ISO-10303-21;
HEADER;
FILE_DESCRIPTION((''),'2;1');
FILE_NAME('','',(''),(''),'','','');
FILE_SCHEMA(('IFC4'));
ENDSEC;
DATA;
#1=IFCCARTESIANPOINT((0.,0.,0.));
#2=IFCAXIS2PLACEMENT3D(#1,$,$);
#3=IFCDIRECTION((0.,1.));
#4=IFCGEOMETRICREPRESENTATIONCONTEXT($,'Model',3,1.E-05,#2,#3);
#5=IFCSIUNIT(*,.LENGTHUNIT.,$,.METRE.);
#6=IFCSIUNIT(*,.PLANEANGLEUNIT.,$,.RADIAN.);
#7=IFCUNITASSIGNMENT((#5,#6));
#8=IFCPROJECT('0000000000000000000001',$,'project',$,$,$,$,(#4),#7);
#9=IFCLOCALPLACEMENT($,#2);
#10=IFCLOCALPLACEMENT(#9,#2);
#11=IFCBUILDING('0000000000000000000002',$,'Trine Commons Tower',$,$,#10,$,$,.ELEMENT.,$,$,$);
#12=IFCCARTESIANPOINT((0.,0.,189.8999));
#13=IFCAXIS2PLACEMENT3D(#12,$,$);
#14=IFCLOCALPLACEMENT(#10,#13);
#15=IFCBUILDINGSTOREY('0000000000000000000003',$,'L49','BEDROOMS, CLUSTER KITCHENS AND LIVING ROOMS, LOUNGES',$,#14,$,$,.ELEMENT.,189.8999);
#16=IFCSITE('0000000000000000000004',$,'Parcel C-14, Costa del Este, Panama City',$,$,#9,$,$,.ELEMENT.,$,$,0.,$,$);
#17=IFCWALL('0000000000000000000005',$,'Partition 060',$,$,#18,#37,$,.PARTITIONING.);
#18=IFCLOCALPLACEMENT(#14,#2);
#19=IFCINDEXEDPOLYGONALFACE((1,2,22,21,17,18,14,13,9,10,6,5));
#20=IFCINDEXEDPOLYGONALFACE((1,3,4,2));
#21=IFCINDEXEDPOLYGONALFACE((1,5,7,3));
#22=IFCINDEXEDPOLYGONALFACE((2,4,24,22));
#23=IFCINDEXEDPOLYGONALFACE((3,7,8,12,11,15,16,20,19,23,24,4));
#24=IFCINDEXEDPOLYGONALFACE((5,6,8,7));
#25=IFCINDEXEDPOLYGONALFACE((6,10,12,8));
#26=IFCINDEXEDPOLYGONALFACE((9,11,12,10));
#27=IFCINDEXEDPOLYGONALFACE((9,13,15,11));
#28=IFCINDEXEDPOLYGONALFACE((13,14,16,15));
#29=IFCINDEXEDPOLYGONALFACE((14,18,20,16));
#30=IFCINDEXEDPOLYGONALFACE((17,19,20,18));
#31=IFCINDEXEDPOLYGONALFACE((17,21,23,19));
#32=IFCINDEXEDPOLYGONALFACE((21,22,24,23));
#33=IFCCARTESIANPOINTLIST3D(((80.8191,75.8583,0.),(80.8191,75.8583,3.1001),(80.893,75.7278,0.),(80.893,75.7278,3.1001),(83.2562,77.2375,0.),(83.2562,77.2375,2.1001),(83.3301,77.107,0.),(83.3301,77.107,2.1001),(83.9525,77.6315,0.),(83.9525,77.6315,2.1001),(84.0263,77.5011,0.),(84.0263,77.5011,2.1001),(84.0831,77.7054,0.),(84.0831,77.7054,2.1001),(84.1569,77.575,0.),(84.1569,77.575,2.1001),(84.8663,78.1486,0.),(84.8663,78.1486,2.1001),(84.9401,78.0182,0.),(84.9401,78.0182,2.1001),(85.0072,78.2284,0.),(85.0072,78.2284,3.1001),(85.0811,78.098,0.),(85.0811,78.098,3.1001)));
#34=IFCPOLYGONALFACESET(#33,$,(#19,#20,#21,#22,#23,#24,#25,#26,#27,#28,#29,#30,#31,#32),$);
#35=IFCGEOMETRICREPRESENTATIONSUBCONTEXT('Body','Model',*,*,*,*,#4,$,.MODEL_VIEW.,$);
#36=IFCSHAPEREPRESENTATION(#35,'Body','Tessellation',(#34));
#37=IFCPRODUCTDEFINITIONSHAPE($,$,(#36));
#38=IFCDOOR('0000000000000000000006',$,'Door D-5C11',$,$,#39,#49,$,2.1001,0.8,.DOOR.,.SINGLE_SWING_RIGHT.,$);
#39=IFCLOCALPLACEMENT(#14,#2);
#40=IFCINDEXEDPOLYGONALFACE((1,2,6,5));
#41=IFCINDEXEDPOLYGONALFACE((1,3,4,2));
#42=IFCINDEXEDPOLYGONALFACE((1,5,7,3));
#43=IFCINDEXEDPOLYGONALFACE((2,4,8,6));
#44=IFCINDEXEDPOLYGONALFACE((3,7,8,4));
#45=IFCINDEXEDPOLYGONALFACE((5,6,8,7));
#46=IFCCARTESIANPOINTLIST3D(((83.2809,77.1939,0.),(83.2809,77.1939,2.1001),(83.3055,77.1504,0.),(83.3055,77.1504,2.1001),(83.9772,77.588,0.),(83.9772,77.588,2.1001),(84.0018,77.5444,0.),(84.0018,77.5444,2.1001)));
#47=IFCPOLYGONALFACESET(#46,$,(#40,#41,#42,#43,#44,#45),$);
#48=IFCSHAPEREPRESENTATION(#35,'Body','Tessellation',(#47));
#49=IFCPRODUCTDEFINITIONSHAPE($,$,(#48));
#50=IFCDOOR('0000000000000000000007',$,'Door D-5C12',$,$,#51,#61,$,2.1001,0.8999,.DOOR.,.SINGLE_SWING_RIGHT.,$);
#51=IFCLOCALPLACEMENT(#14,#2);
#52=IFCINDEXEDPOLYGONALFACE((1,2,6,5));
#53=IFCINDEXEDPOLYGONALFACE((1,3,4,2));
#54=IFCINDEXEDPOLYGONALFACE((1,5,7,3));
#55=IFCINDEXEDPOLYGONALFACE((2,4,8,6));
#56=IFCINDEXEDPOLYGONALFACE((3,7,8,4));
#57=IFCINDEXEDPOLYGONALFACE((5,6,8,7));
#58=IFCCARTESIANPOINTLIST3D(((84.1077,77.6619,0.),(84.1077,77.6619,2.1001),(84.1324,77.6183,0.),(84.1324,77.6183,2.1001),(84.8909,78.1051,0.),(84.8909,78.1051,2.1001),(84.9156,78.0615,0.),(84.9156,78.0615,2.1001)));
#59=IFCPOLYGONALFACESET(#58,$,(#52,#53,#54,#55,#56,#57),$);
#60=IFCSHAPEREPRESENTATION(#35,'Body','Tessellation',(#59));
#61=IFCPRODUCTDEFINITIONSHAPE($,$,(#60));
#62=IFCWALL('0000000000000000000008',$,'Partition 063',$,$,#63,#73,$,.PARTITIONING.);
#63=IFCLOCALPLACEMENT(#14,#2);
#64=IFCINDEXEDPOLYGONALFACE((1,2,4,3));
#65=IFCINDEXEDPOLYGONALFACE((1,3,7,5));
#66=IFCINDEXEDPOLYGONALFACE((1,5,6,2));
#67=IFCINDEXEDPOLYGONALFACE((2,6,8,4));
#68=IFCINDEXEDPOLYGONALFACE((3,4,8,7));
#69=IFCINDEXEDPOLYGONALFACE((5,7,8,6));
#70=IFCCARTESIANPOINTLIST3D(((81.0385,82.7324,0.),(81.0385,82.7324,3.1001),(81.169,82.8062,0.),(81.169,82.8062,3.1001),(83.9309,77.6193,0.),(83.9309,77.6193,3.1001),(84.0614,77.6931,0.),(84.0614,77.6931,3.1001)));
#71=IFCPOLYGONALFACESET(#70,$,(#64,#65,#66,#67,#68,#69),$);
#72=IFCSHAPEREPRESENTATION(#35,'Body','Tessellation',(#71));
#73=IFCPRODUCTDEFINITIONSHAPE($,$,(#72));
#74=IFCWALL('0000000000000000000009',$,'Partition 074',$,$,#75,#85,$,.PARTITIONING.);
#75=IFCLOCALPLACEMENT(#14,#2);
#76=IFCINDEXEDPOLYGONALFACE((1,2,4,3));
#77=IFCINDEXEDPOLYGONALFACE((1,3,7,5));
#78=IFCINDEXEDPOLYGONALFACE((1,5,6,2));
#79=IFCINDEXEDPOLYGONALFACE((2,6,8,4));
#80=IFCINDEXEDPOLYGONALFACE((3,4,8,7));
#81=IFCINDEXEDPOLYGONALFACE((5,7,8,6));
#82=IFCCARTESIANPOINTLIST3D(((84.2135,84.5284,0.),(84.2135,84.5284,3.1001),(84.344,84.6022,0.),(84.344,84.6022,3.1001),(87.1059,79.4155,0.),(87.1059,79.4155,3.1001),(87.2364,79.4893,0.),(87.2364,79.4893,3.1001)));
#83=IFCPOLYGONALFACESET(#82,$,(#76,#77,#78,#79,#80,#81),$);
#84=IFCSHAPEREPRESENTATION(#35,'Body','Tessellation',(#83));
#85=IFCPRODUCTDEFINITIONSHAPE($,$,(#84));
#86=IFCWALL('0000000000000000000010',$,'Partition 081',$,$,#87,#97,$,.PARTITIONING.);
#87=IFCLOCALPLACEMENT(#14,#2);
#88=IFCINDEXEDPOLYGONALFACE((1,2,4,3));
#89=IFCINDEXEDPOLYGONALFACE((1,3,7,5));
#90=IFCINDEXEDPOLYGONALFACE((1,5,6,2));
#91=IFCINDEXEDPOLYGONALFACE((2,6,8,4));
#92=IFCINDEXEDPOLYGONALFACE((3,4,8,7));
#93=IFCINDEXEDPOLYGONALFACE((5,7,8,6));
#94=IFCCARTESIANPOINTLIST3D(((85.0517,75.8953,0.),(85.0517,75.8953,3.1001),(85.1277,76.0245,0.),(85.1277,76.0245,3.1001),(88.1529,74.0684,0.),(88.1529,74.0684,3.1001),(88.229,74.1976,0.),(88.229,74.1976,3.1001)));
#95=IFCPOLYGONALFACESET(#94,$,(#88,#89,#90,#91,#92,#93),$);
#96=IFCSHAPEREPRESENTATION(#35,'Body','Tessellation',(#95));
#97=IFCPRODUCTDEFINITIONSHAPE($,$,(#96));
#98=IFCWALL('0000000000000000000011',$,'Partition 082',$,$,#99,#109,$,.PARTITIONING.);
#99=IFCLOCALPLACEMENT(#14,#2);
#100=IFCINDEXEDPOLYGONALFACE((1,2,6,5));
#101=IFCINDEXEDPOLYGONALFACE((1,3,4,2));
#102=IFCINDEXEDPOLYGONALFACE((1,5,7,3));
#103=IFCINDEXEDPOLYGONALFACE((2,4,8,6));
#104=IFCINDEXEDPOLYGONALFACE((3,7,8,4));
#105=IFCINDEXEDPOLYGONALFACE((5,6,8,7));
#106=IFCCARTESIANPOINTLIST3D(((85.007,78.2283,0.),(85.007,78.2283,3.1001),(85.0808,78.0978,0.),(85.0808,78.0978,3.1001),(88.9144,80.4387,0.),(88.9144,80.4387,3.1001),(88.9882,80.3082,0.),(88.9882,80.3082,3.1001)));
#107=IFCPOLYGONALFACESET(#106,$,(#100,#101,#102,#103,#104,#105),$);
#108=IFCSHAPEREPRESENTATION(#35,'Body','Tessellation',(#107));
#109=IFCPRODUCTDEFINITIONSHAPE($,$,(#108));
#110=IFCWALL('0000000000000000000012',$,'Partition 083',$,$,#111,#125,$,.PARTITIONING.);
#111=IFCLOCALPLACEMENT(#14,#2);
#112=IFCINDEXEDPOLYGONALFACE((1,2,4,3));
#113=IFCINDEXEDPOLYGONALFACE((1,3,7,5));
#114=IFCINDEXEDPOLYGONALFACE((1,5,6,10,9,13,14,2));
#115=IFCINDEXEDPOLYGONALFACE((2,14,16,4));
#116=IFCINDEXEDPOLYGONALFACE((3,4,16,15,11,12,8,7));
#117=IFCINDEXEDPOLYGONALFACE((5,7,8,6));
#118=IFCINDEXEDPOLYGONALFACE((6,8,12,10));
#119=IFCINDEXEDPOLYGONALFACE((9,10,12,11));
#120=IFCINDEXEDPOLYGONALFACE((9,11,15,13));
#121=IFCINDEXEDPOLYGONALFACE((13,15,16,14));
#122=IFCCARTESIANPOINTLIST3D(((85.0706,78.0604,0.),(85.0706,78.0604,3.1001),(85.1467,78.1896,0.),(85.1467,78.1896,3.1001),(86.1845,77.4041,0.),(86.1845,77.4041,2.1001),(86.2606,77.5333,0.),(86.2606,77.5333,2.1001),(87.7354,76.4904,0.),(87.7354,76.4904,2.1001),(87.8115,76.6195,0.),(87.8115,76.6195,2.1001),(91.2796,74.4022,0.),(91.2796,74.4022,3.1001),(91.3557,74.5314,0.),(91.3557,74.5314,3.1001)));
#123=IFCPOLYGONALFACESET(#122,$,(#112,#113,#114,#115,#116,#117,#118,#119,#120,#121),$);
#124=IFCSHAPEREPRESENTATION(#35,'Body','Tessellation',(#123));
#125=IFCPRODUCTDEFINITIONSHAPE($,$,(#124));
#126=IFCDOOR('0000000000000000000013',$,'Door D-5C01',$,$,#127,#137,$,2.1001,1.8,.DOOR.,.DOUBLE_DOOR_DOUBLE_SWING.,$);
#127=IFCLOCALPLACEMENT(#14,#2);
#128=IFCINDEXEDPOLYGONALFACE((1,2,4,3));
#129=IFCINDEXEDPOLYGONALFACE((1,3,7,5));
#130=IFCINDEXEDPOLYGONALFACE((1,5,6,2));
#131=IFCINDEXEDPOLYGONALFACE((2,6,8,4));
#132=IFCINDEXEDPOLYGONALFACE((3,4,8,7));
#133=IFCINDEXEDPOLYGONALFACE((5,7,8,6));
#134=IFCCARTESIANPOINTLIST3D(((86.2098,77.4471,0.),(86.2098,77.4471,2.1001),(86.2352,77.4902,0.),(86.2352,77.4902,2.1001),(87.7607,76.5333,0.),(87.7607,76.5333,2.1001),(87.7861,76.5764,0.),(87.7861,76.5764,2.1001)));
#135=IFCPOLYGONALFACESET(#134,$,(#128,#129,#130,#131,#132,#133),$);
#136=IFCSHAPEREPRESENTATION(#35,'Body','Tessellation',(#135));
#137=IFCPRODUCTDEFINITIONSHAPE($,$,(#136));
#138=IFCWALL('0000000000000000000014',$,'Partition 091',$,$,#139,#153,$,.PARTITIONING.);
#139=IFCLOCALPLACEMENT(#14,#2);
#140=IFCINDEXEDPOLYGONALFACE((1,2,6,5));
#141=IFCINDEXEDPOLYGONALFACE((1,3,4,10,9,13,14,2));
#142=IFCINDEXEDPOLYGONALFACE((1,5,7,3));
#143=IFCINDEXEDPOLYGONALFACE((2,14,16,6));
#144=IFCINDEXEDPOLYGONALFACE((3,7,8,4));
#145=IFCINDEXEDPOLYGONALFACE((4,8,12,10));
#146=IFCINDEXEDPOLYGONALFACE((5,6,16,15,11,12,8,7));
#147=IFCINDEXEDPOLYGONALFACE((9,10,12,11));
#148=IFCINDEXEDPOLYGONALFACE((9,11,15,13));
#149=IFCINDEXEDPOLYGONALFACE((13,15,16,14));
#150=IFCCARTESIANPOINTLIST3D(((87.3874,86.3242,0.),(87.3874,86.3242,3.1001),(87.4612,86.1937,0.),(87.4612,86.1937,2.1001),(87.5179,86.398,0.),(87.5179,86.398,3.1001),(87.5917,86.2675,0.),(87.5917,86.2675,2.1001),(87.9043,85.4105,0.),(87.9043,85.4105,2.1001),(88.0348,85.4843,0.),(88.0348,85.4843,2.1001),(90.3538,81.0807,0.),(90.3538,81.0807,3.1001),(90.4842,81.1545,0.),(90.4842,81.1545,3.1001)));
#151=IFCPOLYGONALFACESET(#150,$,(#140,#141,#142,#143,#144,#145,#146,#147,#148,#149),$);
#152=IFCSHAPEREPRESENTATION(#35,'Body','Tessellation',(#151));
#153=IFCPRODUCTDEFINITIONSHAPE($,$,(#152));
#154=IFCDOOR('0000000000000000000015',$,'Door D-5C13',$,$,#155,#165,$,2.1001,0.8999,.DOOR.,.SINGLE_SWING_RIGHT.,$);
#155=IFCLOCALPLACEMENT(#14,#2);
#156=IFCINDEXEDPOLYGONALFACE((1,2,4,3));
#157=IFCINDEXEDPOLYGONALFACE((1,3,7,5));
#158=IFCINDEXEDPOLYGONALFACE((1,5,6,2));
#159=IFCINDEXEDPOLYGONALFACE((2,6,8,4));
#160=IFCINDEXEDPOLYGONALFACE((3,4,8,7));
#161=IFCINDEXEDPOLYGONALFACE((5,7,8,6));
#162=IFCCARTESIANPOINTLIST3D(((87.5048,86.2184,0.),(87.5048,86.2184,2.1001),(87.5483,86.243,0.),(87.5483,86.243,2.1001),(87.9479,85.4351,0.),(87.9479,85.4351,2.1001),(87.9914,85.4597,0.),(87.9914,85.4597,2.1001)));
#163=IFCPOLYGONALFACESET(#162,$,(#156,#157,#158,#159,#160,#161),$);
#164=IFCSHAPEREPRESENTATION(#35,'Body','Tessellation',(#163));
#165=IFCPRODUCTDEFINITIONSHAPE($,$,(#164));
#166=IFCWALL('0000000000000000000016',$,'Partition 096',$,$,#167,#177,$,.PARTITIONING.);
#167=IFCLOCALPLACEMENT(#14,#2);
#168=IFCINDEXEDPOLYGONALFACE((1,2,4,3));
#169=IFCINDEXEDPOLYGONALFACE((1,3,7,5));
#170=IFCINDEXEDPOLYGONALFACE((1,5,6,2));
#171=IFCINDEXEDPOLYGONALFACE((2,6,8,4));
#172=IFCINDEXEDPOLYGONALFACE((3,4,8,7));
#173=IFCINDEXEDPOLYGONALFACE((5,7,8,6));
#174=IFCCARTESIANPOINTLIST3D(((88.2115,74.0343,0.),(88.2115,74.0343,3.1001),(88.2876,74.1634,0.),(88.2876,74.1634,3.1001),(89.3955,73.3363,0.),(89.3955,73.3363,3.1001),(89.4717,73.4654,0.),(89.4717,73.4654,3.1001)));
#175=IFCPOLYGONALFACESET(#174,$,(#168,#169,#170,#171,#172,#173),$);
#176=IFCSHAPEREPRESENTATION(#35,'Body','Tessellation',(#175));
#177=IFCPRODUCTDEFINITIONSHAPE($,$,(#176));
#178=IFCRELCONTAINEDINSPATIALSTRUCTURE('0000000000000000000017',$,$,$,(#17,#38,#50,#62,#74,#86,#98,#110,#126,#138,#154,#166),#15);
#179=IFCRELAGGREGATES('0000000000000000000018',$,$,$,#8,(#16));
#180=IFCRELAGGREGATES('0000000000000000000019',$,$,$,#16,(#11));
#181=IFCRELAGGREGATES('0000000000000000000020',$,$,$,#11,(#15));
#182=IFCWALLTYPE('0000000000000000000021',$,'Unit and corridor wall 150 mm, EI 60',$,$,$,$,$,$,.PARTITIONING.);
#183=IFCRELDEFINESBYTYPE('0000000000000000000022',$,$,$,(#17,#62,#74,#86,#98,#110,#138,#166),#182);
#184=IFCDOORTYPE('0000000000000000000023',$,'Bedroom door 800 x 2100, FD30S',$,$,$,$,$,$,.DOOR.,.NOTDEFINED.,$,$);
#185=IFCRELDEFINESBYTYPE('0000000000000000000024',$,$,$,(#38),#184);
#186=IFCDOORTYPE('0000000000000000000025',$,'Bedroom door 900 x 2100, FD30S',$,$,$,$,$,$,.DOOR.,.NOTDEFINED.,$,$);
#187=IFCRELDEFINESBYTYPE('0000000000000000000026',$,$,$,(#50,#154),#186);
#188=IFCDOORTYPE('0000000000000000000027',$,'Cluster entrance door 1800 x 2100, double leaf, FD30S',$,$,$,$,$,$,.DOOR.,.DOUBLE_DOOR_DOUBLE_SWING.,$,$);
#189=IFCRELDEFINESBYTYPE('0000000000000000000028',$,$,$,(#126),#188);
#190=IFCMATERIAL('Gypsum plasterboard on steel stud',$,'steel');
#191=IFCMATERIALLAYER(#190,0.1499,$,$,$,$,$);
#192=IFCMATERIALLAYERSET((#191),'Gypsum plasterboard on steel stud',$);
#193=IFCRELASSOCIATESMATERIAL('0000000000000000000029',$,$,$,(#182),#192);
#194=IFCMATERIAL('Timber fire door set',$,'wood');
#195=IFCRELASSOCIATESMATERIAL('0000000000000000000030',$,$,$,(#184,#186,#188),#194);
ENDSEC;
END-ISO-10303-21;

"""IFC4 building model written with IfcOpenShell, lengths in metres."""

from ifc_helpers import new_model, si_unit, direction, frame, frame_2d, origin, place, context, subcontext, project, spatial, rectangle, extrude, material, layer, layer_set, type_object, element, fill, save


model = new_model("IFC4")

# Units and contexts
model_context = context("Model", 3, precision=1e-05, world=origin(), true_north=direction((0.0, 1.0)))
body_context = subcontext(model_context, "Body", "Model", "MODEL_VIEW")
ifc_project = project(units=[si_unit("LENGTHUNIT", "METRE"), si_unit("PLANEANGLEUNIT", "RADIAN")], contexts=[model_context])

# Site, building, storey
site_placement = place(None, origin())
site = spatial("IfcSite", under=ifc_project, at=site_placement, Name="Parcel C-14, Costa del Este, Panama City", CompositionType="ELEMENT", RefElevation=0.0)
building_placement = place(site_placement, origin())
building = spatial("IfcBuilding", under=site, at=building_placement, Name="Trine Commons Tower", CompositionType="ELEMENT")
storey_placement = place(building_placement, frame((0.0, 0.0, 189.8999)))
storey = spatial("IfcBuildingStorey", under=building, at=storey_placement, Name="L49", Description="BEDROOMS, CLUSTER KITCHENS AND LIVING ROOMS, LOUNGES", CompositionType="ELEMENT", Elevation=189.8999)

# Wall, openings, doors
ifc_material_1 = material(Name="Gypsum plasterboard on steel stud", Category="steel")
ifc_layer_1 = layer(ifc_material_1, 0.1499)
ifc_layer_set_1 = layer_set([ifc_layer_1], Name="Gypsum plasterboard on steel stud")
wall_type_1 = type_object("IfcWallType", Name="Unit and corridor wall 150 mm, EI 60", PredefinedType="PARTITIONING", material=ifc_layer_set_1)
wall_1_placement = place(storey_placement, frame((80.856, 75.793, 0.0), z_axis=(0.0, 0.0, 1.0), x_axis=(0.870296, 0.492529, 0.0)))
wall_1 = element("IfcWall", 1, at=wall_1_placement, inside=storey, type_object=wall_type_1, Name="Partition 060", PredefinedType="PARTITIONING", context=body_context, shape_type="SweptSolid", body=[
    extrude(rectangle(XDim=4.8123, YDim=0.1499, at=frame_2d((2.4062, 0.0))), origin(), (0.0, 0.0, 1.0), 3.1001),
])
opening_1_placement = place(wall_1_placement, frame((2.8005, 0.0, 0.0)))
opening_1 = element("IfcOpeningElement", 2, at=opening_1_placement, cuts=wall_1, PredefinedType="OPENING", context=body_context, shape_type="SweptSolid", body=[
    extrude(rectangle(XDim=0.8, YDim=2.1001, at=frame_2d((0.3999, 1.05))), frame((0.0, 0.085, 0.0), z_axis=(0.0, -1.0, 0.0), x_axis=(1.0, 0.0, 0.0)), (0.0, 0.0, 1.0), 0.1699),
])
opening_2_placement = place(wall_1_placement, frame((3.7505, 0.0, 0.0)))
opening_2 = element("IfcOpeningElement", 3, at=opening_2_placement, cuts=wall_1, PredefinedType="OPENING", context=body_context, shape_type="SweptSolid", body=[
    extrude(rectangle(XDim=0.8999, YDim=2.1001, at=frame_2d((0.45, 1.05))), frame((0.0, 0.085, 0.0), z_axis=(0.0, -1.0, 0.0), x_axis=(1.0, 0.0, 0.0)), (0.0, 0.0, 1.0), 0.1699),
])
ifc_material_2 = material(Name="Timber fire door set", Category="wood")
door_type_1 = type_object("IfcDoorType", Name="Bedroom door 800 x 2100, FD30S", OperationType="NOTDEFINED", PredefinedType="DOOR", material=ifc_material_2)
door_1_placement = place(opening_1_placement, origin())
door_1 = element("IfcDoor", 4, at=door_1_placement, inside=storey, type_object=door_type_1, Name="Door D-5C11", OperationType="SINGLE_SWING_RIGHT", OverallHeight=2.1001, OverallWidth=0.8, PredefinedType="DOOR", context=body_context, shape_type="SweptSolid", body=[
    extrude(rectangle(XDim=0.8, YDim=2.1001, at=frame_2d((0.3999, 1.05))), frame((0.0, 0.0249, 0.0), z_axis=(0.0, -1.0, 0.0), x_axis=(1.0, 0.0, 0.0)), (0.0, 0.0, 1.0), 0.05),
])
fill(opening_1, door_1)
door_type_2 = type_object("IfcDoorType", Name="Bedroom door 900 x 2100, FD30S", OperationType="NOTDEFINED", PredefinedType="DOOR", material=ifc_material_2)
door_2_placement = place(opening_2_placement, origin())
door_2 = element("IfcDoor", 5, at=door_2_placement, inside=storey, type_object=door_type_2, Name="Door D-5C12", OperationType="SINGLE_SWING_RIGHT", OverallHeight=2.1001, OverallWidth=0.8999, PredefinedType="DOOR", context=body_context, shape_type="SweptSolid", body=[
    extrude(rectangle(XDim=0.8999, YDim=2.1001, at=frame_2d((0.45, 1.05))), frame((0.0, 0.0249, 0.0), z_axis=(0.0, -1.0, 0.0), x_axis=(1.0, 0.0, 0.0)), (0.0, 0.0, 1.0), 0.05),
])
fill(opening_2, door_2)

# Walls
wall_2_placement = place(storey_placement, frame((81.1038, 82.7693, 0.0), z_axis=(0.0, 0.0, 1.0), x_axis=(0.492361, -0.870391, 0.0)))
element("IfcWall", 6, at=wall_2_placement, inside=storey, type_object=wall_type_1, Name="Partition 063", PredefinedType="PARTITIONING", context=body_context, shape_type="SweptSolid", body=[
    extrude(rectangle(XDim=5.8745, YDim=0.1499, at=frame_2d((2.9373, 0.0))), origin(), (0.0, 0.0, 1.0), 3.1001),
])
wall_3_placement = place(storey_placement, frame((84.2788, 84.5652, 0.0), z_axis=(0.0, 0.0, 1.0), x_axis=(0.492379, -0.870381, 0.0)))
element("IfcWall", 7, at=wall_3_placement, inside=storey, type_object=wall_type_1, Name="Partition 074", PredefinedType="PARTITIONING", context=body_context, shape_type="SweptSolid", body=[
    extrude(rectangle(XDim=5.8743, YDim=0.1499, at=frame_2d((2.937, 0.0))), origin(), (0.0, 0.0, 1.0), 3.1001),
])
wall_4_placement = place(storey_placement, frame((85.0896, 75.96, 0.0), z_axis=(0.0, 0.0, 1.0), x_axis=(0.861618, -0.507557, 0.0)))
element("IfcWall", 8, at=wall_4_placement, inside=storey, type_object=wall_type_1, Name="Partition 081", PredefinedType="PARTITIONING", context=body_context, shape_type="SweptSolid", body=[
    extrude(rectangle(XDim=3.5994, YDim=0.1499, at=frame_2d((1.7998, 0.0))), origin(), (0.0, 0.0, 1.0), 3.1001),
])
wall_5_placement = place(storey_placement, frame((85.0439, 78.1631, 0.0), z_axis=(0.0, 0.0, 1.0), x_axis=(0.870384, 0.492374, 0.0)))
element("IfcWall", 9, at=wall_5_placement, inside=storey, type_object=wall_type_1, Name="Partition 082", PredefinedType="PARTITIONING", context=body_context, shape_type="SweptSolid", body=[
    extrude(rectangle(XDim=4.4893, YDim=0.1499, at=frame_2d((2.2446, 0.0))), origin(), (0.0, 0.0, 1.0), 3.1001),
])

# Walls, openings, doors
wall_6_placement = place(storey_placement, frame((85.1086, 78.125, 0.0), z_axis=(0.0, 0.0, 1.0), x_axis=(0.861579, -0.507624, 0.0)))
wall_6 = element("IfcWall", 10, at=wall_6_placement, inside=storey, type_object=wall_type_1, Name="Partition 083", PredefinedType="PARTITIONING", context=body_context, shape_type="SweptSolid", body=[
    extrude(rectangle(XDim=7.2065, YDim=0.1499, at=frame_2d((3.6033, 0.0))), origin(), (0.0, 0.0, 1.0), 3.1001),
])
opening_3_placement = place(wall_6_placement, frame((1.293, 0.0, 0.0)))
opening_3 = element("IfcOpeningElement", 11, at=opening_3_placement, cuts=wall_6, PredefinedType="OPENING", context=body_context, shape_type="SweptSolid", body=[
    extrude(rectangle(XDim=1.8, YDim=2.1001, at=frame_2d((0.8999, 1.05))), frame((0.0, 0.085, 0.0), z_axis=(0.0, -1.0, 0.0), x_axis=(1.0, 0.0, 0.0)), (0.0, 0.0, 1.0), 0.1699),
])
door_type_3 = type_object("IfcDoorType", Name="Cluster entrance door 1800 x 2100, double leaf, FD30S", OperationType="DOUBLE_DOOR_DOUBLE_SWING", PredefinedType="DOOR", material=ifc_material_2)
door_3_placement = place(opening_3_placement, origin())
door_3 = element("IfcDoor", 12, at=door_3_placement, inside=storey, type_object=door_type_3, Name="Door D-5C01", OperationType="DOUBLE_DOOR_DOUBLE_SWING", OverallHeight=2.1001, OverallWidth=1.8, PredefinedType="DOOR", context=body_context, shape_type="SweptSolid", body=[
    extrude(rectangle(XDim=1.8, YDim=2.1001, at=frame_2d((0.8999, 1.05))), frame((0.0, 0.0249, 0.0), z_axis=(0.0, -1.0, 0.0), x_axis=(1.0, 0.0, 0.0)), (0.0, 0.0, 1.0), 0.05),
])
fill(opening_3, door_3)
wall_7_placement = place(storey_placement, frame((87.4526, 86.3611, 0.0), z_axis=(0.0, 0.0, 1.0), x_axis=(0.49239, -0.870375, 0.0)))
wall_7 = element("IfcWall", 13, at=wall_7_placement, inside=storey, type_object=wall_type_1, Name="Partition 091", PredefinedType="PARTITIONING", context=body_context, shape_type="SweptSolid", body=[
    extrude(rectangle(XDim=6.0244, YDim=0.1499, at=frame_2d((3.0122, 0.0))), origin(), (0.0, 0.0, 1.0), 3.1001),
])
opening_4_placement = place(wall_7_placement, frame((0.1499, 0.0, 0.0)))
opening_4 = element("IfcOpeningElement", 14, at=opening_4_placement, cuts=wall_7, PredefinedType="OPENING", context=body_context, shape_type="SweptSolid", body=[
    extrude(rectangle(XDim=0.8999, YDim=2.1001, at=frame_2d((0.45, 1.05))), frame((0.0, 0.085, 0.0), z_axis=(0.0, -1.0, 0.0), x_axis=(1.0, 0.0, 0.0)), (0.0, 0.0, 1.0), 0.1699),
])
door_4_placement = place(opening_4_placement, frame((0.8999, 0.0, 0.0), z_axis=(0.0, 0.0, 1.0), x_axis=(-1.0, 0.0, 0.0)))
door_4 = element("IfcDoor", 15, at=door_4_placement, inside=storey, type_object=door_type_2, Name="Door D-5C13", OperationType="SINGLE_SWING_RIGHT", OverallHeight=2.1001, OverallWidth=0.8999, PredefinedType="DOOR", context=body_context, shape_type="SweptSolid", body=[
    extrude(rectangle(XDim=0.8999, YDim=2.1001, at=frame_2d((0.45, 1.05))), frame((0.0, 0.0249, 0.0), z_axis=(0.0, -1.0, 0.0), x_axis=(1.0, 0.0, 0.0)), (0.0, 0.0, 1.0), 0.05),
])
fill(opening_4, door_4)

# Wall
wall_8_placement = place(storey_placement, frame((88.2495, 74.0989, 0.0), z_axis=(0.0, 0.0, 1.0), x_axis=(0.861464, -0.507819, 0.0)))
element("IfcWall", 16, at=wall_8_placement, inside=storey, type_object=wall_type_1, Name="Partition 096", PredefinedType="PARTITIONING", context=body_context, shape_type="SweptSolid", body=[
    extrude(rectangle(XDim=1.3745, YDim=0.1499, at=frame_2d((0.6873, 0.0))), origin(), (0.0, 0.0, 1.0), 3.1001),
])

save(model, "model.ifc")
